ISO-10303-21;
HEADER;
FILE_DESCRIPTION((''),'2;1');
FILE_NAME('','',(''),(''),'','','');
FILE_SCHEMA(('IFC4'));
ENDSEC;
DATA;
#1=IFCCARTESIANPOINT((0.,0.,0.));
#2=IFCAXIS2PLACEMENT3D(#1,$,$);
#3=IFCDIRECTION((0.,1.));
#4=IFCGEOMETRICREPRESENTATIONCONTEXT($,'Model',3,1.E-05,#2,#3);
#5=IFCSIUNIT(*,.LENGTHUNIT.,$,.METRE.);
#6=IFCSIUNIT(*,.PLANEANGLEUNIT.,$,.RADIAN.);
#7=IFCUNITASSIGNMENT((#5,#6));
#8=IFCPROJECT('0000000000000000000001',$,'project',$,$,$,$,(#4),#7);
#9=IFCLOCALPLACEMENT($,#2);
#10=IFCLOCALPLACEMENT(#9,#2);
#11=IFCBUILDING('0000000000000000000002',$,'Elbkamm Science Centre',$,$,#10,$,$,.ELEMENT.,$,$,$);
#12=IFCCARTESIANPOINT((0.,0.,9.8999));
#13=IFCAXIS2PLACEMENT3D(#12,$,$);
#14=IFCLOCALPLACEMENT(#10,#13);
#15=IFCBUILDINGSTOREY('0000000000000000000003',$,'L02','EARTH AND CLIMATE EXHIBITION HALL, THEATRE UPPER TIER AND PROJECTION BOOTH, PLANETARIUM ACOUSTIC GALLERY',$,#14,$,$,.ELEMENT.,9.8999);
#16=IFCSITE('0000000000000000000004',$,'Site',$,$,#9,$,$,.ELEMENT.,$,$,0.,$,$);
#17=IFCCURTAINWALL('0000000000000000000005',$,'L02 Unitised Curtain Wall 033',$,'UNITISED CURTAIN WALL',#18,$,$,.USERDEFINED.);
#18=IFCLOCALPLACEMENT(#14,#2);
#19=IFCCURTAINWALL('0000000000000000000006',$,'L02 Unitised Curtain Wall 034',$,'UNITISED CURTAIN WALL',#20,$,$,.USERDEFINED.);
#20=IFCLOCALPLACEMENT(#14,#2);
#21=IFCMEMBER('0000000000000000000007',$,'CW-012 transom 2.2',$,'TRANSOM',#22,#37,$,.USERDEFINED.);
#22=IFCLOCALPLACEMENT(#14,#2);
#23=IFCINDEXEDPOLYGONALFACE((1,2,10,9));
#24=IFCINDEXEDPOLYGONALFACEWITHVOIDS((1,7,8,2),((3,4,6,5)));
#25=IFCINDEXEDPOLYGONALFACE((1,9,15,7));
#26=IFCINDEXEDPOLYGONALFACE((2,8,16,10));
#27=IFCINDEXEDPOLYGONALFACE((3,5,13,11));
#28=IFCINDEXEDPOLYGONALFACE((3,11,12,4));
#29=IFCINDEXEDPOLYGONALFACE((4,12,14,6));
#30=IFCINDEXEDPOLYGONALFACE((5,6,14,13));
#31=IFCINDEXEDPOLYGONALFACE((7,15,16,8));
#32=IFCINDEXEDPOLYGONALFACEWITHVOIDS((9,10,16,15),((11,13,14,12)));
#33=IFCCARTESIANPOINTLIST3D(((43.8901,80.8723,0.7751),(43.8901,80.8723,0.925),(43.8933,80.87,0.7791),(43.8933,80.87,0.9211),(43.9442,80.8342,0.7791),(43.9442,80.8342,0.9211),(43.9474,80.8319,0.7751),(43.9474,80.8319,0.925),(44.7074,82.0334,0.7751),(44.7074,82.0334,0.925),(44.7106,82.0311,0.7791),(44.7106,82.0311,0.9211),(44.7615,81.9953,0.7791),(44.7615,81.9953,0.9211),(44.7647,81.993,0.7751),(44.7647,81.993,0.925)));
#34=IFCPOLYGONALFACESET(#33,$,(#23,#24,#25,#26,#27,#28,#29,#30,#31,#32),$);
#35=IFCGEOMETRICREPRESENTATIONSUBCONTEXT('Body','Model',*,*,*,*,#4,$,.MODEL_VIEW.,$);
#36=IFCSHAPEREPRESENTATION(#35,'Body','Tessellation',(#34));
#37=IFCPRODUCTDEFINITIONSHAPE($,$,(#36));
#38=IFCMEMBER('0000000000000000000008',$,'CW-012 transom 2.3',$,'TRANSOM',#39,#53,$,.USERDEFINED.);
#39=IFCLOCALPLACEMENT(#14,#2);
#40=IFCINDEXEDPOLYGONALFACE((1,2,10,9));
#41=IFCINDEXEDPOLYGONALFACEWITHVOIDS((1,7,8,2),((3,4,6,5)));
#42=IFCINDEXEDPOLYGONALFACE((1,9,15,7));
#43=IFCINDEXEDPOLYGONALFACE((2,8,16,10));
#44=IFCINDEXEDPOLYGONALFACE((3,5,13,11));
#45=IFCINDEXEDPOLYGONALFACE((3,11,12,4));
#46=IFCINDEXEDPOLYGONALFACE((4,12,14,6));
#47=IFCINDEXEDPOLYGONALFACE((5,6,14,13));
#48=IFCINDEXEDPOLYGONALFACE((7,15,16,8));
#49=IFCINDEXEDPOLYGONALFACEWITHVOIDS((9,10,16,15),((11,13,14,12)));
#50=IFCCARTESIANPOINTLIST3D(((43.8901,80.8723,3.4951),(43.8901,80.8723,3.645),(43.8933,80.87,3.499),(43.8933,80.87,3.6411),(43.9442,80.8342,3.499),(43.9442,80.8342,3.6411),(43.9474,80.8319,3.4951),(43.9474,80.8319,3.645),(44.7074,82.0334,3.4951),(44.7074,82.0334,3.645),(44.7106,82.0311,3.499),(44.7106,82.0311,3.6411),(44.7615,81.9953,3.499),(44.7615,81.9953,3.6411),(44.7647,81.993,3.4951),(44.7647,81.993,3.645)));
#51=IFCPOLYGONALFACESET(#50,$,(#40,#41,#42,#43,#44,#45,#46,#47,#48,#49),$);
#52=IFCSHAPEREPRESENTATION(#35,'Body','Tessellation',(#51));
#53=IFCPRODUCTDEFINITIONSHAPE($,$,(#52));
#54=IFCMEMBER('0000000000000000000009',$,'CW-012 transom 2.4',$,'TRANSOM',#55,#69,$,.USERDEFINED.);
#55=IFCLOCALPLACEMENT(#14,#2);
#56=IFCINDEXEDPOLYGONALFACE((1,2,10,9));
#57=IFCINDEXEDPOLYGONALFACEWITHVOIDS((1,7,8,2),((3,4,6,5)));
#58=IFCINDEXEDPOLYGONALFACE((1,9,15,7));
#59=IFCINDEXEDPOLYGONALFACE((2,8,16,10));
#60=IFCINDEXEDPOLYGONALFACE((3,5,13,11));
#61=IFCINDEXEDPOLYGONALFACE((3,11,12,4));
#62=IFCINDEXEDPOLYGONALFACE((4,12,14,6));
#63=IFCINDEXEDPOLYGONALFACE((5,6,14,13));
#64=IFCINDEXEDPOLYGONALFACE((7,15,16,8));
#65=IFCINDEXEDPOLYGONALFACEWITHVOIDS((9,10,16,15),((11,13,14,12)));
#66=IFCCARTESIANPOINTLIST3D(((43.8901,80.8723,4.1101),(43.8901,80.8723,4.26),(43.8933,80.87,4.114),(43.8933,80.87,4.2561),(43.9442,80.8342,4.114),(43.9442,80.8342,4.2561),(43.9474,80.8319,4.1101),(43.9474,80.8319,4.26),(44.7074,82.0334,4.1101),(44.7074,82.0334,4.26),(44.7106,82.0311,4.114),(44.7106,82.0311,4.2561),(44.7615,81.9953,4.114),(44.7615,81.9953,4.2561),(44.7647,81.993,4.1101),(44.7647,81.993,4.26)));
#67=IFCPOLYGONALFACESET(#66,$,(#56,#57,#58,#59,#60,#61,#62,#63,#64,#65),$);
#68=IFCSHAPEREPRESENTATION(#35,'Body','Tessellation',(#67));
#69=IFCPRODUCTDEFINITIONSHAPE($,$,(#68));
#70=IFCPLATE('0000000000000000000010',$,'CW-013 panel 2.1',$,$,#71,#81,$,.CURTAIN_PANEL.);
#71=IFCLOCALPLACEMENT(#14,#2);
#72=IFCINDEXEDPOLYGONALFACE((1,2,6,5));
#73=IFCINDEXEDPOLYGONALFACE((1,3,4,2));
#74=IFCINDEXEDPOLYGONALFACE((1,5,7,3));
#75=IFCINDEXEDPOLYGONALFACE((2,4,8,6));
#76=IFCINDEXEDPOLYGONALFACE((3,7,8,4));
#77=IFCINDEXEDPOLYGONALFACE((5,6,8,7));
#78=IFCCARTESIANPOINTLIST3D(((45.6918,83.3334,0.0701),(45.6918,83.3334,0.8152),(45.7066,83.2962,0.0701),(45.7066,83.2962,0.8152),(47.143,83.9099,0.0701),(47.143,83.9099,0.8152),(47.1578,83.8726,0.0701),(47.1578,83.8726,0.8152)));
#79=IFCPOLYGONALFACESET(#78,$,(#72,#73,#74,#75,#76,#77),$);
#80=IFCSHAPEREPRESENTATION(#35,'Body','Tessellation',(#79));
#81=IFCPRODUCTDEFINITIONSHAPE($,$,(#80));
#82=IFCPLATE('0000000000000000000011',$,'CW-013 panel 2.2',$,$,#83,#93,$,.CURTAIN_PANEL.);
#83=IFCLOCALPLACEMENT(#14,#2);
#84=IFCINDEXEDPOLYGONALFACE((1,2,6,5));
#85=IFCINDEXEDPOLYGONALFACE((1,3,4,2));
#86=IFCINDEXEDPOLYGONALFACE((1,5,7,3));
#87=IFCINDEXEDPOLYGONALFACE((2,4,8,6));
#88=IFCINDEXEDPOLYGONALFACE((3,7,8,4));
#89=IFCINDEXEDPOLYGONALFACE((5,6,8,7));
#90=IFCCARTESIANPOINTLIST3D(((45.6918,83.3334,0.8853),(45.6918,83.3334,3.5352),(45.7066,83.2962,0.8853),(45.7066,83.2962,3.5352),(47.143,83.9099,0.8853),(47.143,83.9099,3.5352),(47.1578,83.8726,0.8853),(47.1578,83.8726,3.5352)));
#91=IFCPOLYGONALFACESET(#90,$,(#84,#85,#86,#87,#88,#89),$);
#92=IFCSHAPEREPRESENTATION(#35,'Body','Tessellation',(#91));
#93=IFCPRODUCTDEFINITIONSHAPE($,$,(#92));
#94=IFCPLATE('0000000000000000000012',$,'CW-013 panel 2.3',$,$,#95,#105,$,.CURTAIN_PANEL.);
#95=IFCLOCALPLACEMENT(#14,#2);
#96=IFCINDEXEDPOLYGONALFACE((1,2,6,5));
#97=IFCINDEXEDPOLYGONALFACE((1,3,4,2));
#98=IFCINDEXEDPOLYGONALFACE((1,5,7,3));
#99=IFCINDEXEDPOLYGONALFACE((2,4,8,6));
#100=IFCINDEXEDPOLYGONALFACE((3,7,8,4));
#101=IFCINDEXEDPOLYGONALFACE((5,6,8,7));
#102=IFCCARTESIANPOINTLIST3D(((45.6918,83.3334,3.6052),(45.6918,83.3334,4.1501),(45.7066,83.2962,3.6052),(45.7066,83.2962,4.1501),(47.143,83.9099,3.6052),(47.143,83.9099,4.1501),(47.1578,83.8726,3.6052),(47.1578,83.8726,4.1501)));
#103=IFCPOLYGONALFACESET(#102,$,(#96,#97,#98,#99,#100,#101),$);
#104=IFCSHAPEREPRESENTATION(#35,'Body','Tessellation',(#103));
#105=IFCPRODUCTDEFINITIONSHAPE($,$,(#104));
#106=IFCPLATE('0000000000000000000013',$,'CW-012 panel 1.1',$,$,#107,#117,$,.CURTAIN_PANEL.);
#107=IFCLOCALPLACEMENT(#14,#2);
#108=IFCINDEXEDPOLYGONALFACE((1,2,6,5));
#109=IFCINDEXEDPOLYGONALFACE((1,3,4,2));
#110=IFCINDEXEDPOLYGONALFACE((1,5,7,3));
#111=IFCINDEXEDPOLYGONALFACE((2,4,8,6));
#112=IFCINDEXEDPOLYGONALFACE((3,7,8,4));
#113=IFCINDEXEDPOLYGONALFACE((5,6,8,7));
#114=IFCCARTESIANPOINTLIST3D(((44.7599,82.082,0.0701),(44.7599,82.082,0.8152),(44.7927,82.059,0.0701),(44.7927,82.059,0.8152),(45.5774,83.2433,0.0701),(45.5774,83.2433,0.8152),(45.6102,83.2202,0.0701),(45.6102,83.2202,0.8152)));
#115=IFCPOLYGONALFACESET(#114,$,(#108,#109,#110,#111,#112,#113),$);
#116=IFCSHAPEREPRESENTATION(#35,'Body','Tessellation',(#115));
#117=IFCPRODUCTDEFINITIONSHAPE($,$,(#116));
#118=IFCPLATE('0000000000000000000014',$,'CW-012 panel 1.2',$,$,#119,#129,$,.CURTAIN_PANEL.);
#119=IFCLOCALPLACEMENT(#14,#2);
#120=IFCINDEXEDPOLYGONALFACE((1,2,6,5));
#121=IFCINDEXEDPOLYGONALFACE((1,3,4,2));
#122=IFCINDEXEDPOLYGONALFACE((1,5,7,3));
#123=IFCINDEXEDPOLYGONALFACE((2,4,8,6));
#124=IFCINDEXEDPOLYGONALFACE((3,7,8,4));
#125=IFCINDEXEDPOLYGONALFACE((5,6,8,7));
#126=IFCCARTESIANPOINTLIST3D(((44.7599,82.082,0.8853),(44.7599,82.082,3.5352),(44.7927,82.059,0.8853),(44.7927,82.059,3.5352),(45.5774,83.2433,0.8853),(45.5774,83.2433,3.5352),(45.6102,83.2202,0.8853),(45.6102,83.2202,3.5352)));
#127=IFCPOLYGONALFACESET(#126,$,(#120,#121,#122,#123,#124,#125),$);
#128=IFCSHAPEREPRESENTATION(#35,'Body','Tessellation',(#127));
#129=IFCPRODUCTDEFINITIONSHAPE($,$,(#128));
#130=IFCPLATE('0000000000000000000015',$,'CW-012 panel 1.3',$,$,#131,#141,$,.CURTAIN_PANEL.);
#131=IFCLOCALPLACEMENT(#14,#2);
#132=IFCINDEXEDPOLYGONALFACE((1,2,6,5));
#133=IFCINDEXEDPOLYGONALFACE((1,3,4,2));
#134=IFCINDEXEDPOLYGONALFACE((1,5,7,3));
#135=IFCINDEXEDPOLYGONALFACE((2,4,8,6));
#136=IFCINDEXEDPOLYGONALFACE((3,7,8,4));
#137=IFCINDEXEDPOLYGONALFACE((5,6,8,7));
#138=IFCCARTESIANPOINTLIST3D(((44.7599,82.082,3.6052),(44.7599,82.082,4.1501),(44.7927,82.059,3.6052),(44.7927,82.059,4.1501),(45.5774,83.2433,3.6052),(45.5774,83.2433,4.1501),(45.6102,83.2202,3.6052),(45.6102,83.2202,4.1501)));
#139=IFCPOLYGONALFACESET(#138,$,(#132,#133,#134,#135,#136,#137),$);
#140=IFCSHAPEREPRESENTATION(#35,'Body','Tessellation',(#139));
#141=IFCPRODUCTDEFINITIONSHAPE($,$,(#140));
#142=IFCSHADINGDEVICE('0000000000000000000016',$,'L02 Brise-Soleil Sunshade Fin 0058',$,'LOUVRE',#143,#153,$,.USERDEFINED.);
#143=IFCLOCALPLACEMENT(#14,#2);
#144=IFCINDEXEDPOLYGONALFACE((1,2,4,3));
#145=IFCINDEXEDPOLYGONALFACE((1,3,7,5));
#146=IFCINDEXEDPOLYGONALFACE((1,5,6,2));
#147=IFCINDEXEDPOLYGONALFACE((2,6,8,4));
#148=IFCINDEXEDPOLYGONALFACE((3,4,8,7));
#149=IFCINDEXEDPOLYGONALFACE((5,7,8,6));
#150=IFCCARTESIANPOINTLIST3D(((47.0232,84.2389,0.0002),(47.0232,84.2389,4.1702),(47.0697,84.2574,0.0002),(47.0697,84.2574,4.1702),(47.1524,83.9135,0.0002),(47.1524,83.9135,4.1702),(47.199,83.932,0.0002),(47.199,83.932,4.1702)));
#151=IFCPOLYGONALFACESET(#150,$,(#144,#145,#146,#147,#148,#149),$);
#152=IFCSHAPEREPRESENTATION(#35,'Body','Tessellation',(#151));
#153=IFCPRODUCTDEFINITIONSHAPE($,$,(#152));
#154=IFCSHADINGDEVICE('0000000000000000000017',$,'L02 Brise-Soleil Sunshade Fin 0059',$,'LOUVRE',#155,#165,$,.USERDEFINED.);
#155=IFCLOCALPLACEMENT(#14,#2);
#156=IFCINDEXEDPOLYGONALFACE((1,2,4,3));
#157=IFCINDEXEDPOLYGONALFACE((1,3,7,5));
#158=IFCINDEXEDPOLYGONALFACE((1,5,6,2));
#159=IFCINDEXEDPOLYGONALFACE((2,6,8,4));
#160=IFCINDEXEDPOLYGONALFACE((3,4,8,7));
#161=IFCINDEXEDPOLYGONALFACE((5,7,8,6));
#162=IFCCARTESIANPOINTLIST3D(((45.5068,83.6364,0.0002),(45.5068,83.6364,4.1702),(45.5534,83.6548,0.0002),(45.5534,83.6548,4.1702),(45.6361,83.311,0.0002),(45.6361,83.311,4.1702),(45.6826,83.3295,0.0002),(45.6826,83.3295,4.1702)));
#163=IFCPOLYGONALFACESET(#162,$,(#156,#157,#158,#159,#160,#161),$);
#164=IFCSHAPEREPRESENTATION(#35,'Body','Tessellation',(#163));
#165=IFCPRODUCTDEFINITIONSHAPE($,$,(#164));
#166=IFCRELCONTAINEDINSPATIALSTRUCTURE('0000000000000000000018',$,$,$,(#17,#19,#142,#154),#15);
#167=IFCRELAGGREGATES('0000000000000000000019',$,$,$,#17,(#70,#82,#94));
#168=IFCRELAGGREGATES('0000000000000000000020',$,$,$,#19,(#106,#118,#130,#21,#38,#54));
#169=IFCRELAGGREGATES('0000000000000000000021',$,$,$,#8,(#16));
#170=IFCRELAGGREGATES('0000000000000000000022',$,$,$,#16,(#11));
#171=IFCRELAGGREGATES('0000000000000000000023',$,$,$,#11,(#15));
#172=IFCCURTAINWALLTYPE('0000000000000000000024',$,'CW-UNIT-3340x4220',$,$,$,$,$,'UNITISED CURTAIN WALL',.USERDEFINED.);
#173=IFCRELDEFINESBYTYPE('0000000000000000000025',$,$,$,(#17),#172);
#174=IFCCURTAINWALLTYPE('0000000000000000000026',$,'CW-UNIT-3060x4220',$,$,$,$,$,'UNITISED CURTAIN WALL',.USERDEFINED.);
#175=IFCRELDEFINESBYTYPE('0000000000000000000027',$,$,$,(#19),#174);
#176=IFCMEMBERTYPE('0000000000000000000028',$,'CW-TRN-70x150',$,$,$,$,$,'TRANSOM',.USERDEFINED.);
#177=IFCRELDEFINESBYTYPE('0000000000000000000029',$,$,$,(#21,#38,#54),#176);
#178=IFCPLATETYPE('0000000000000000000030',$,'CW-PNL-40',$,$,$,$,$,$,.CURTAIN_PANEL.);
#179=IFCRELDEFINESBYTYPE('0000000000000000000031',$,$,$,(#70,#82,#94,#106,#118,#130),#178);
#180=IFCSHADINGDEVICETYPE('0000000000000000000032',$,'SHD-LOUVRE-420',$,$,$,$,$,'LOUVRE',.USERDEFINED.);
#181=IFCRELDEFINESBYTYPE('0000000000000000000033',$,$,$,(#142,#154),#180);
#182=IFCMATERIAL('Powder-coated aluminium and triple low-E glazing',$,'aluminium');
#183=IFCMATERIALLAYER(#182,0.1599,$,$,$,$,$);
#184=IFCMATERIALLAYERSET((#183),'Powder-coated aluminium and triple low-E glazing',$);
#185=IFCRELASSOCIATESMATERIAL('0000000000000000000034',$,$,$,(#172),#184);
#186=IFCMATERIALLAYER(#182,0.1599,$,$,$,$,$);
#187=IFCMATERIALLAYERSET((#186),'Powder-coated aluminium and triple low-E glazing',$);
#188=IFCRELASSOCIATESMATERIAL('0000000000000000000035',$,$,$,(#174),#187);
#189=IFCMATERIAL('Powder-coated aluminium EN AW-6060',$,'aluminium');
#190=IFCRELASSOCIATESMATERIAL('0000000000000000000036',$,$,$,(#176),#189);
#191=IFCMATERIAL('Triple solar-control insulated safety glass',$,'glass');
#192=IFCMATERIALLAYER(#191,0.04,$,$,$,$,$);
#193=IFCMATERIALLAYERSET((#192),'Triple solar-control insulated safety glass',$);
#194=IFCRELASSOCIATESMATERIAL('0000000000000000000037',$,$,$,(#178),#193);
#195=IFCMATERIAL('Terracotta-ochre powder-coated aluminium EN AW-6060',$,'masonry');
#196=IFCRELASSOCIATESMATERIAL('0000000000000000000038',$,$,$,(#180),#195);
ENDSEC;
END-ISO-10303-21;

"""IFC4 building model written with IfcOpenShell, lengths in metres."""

from ifc_helpers import new_model, si_unit, direction, frame, origin, origin_2d, place, context, subcontext, project, spatial, rectangle, hollow_rectangle, extrude, material, layer, layer_set, material_profile, profile_set, type_object, element, aggregate, save


model = new_model("IFC4")

# Units and contexts
model_context = context("Model", 3, precision=1e-05, world=origin(), true_north=direction((0.0, 1.0)))
body_context = subcontext(model_context, "Body", "Model", "MODEL_VIEW")
ifc_project = project(units=[si_unit("LENGTHUNIT", "METRE"), si_unit("PLANEANGLEUNIT", "RADIAN")], contexts=[model_context])

# Site, building, storey
site_placement = place(None, origin())
site = spatial("IfcSite", under=ifc_project, at=site_placement, Name="Site", CompositionType="ELEMENT", RefElevation=0.0)
building_placement = place(site_placement, origin())
building = spatial("IfcBuilding", under=site, at=building_placement, Name="Elbkamm Science Centre", CompositionType="ELEMENT")
storey_placement = place(building_placement, frame((0.0, 0.0, 9.8999)))
storey = spatial("IfcBuildingStorey", under=building, at=storey_placement, Name="L02", Description="EARTH AND CLIMATE EXHIBITION HALL, THEATRE UPPER TIER AND PROJECTION BOOTH, PLANETARIUM ACOUSTIC GALLERY", CompositionType="ELEMENT", Elevation=9.8999)

# Curtain wall
ifc_material_1 = material(Name="Powder-coated aluminium and triple low-E glazing", Category="aluminium")
ifc_layer_1 = layer(ifc_material_1, 0.1599)
ifc_layer_set_1 = layer_set([ifc_layer_1], Name="Powder-coated aluminium and triple low-E glazing")
curtain_wall_type_1 = type_object("IfcCurtainWallType", Name="CW-UNIT-3340x4220", ElementType="UNITISED CURTAIN WALL", PredefinedType="USERDEFINED", material=ifc_layer_set_1)
curtain_wall_1_placement = place(storey_placement, origin())
curtain_wall_1 = element("IfcCurtainWall", 1, at=curtain_wall_1_placement, inside=storey, type_object=curtain_wall_type_1, Name="L02 Unitised Curtain Wall 033", ObjectType="UNITISED CURTAIN WALL", PredefinedType="USERDEFINED")
ifc_material_2 = material(Name="Powder-coated aluminium EN AW-6060", Category="aluminium")

# Curtain wall, members
ifc_layer_2 = layer(ifc_material_1, 0.1599)
ifc_layer_set_2 = layer_set([ifc_layer_2], Name="Powder-coated aluminium and triple low-E glazing")
curtain_wall_type_2 = type_object("IfcCurtainWallType", Name="CW-UNIT-3060x4220", ElementType="UNITISED CURTAIN WALL", PredefinedType="USERDEFINED", material=ifc_layer_set_2)
curtain_wall_2_placement = place(storey_placement, origin())
curtain_wall_2 = element("IfcCurtainWall", 2, at=curtain_wall_2_placement, inside=storey, type_object=curtain_wall_type_2, Name="L02 Unitised Curtain Wall 034", ObjectType="UNITISED CURTAIN WALL", PredefinedType="USERDEFINED")
ifc_material_profile_1 = material_profile(ifc_material_2, hollow_rectangle(XDim=0.0701, YDim=0.1499, WallThickness=0.0039, at=origin_2d()), Name="ALU T70x150")
ifc_profile_set_1 = profile_set([ifc_material_profile_1], Name="Powder-coated aluminium EN AW-6060")
member_type_1 = type_object("IfcMemberType", Name="CW-TRN-70x150", ElementType="TRANSOM", PredefinedType="USERDEFINED", material=ifc_profile_set_1)
member_1_placement = place(storey_placement, frame((44.7361, 82.0132, 0.8501), z_axis=(-0.57563, -0.817711, 0.0), x_axis=(0.817711, -0.57563, 0.0)))
member_1 = element("IfcMember", 3, at=member_1_placement, type_object=member_type_1, Name="CW-012 transom 2.2", ObjectType="TRANSOM", PredefinedType="USERDEFINED", context=body_context, shape_type="SweptSolid", body=[
    extrude(hollow_rectangle(XDim=0.0701, YDim=0.1499, WallThickness=0.0039, at=origin_2d()), origin(), (0.0, 0.0, 1.0), 1.4199),
])
member_2_placement = place(storey_placement, frame((44.7361, 82.0132, 3.5701), z_axis=(-0.57563, -0.817711, 0.0), x_axis=(0.817711, -0.57563, 0.0)))
member_2 = element("IfcMember", 4, at=member_2_placement, type_object=member_type_1, Name="CW-012 transom 2.3", ObjectType="TRANSOM", PredefinedType="USERDEFINED", context=body_context, shape_type="SweptSolid", body=[
    extrude(hollow_rectangle(XDim=0.0701, YDim=0.1499, WallThickness=0.0039, at=origin_2d()), origin(), (0.0, 0.0, 1.0), 1.4199),
])
member_3_placement = place(storey_placement, frame((44.7361, 82.0132, 4.1851), z_axis=(-0.57563, -0.817711, 0.0), x_axis=(0.817711, -0.57563, 0.0)))
member_3 = element("IfcMember", 5, at=member_3_placement, type_object=member_type_1, Name="CW-012 transom 2.4", ObjectType="TRANSOM", PredefinedType="USERDEFINED", context=body_context, shape_type="SweptSolid", body=[
    extrude(hollow_rectangle(XDim=0.0701, YDim=0.1499, WallThickness=0.0039, at=origin_2d()), origin(), (0.0, 0.0, 1.0), 1.4199),
])

# Plates
ifc_material_3 = material(Name="Triple solar-control insulated safety glass", Category="glass")
ifc_layer_3 = layer(ifc_material_3, 0.04)
ifc_layer_set_3 = layer_set([ifc_layer_3], Name="Triple solar-control insulated safety glass")
plate_type = type_object("IfcPlateType", Name="CW-PNL-40", PredefinedType="CURTAIN_PANEL", material=ifc_layer_set_3)
plate_1_placement = place(storey_placement, frame((46.4248, 83.603, 0.0701), z_axis=(0.0, 0.0, 1.0), x_axis=(-0.929366, -0.36916, 0.0)))
plate_1 = element("IfcPlate", 6, at=plate_1_placement, type_object=plate_type, Name="CW-013 panel 2.1", PredefinedType="CURTAIN_PANEL", context=body_context, shape_type="SweptSolid", body=[
    extrude(rectangle(XDim=1.5615, YDim=0.04, at=origin_2d()), origin(), (0.0, 0.0, 1.0), 0.7451),
])
plate_2_placement = place(storey_placement, frame((46.4248, 83.603, 0.8853), z_axis=(0.0, 0.0, 1.0), x_axis=(-0.929366, -0.36916, 0.0)))
plate_2 = element("IfcPlate", 7, at=plate_2_placement, type_object=plate_type, Name="CW-013 panel 2.2", PredefinedType="CURTAIN_PANEL", context=body_context, shape_type="SweptSolid", body=[
    extrude(rectangle(XDim=1.5615, YDim=0.04, at=origin_2d()), origin(), (0.0, 0.0, 1.0), 2.6499),
])
plate_3_placement = place(storey_placement, frame((46.4248, 83.603, 3.6052), z_axis=(0.0, 0.0, 1.0), x_axis=(-0.929366, -0.36916, 0.0)))
plate_3 = element("IfcPlate", 8, at=plate_3_placement, type_object=plate_type, Name="CW-013 panel 2.3", PredefinedType="CURTAIN_PANEL", context=body_context, shape_type="SweptSolid", body=[
    extrude(rectangle(XDim=1.5615, YDim=0.04, at=origin_2d()), origin(), (0.0, 0.0, 1.0), 0.5449),
])
aggregate(curtain_wall_1, [plate_1, plate_2, plate_3])
plate_4_placement = place(storey_placement, frame((45.1851, 82.6511, 0.0701), z_axis=(0.0, 0.0, 1.0), x_axis=(-0.575652, -0.817695, 0.0)))
plate_4 = element("IfcPlate", 9, at=plate_4_placement, type_object=plate_type, Name="CW-012 panel 1.1", PredefinedType="CURTAIN_PANEL", context=body_context, shape_type="SweptSolid", body=[
    extrude(rectangle(XDim=1.4202, YDim=0.04, at=origin_2d()), origin(), (0.0, 0.0, 1.0), 0.7451),
])
plate_5_placement = place(storey_placement, frame((45.1851, 82.6511, 0.8853), z_axis=(0.0, 0.0, 1.0), x_axis=(-0.575652, -0.817695, 0.0)))
plate_5 = element("IfcPlate", 10, at=plate_5_placement, type_object=plate_type, Name="CW-012 panel 1.2", PredefinedType="CURTAIN_PANEL", context=body_context, shape_type="SweptSolid", body=[
    extrude(rectangle(XDim=1.4202, YDim=0.04, at=origin_2d()), origin(), (0.0, 0.0, 1.0), 2.6499),
])
plate_6_placement = place(storey_placement, frame((45.1851, 82.6511, 3.6052), z_axis=(0.0, 0.0, 1.0), x_axis=(-0.575652, -0.817695, 0.0)))
plate_6 = element("IfcPlate", 11, at=plate_6_placement, type_object=plate_type, Name="CW-012 panel 1.3", PredefinedType="CURTAIN_PANEL", context=body_context, shape_type="SweptSolid", body=[
    extrude(rectangle(XDim=1.4202, YDim=0.04, at=origin_2d()), origin(), (0.0, 0.0, 1.0), 0.5449),
])
aggregate(curtain_wall_2, [plate_4, plate_5, plate_6, member_1, member_2, member_3])

# Shading devices
ifc_material_4 = material(Name="Terracotta-ochre powder-coated aluminium EN AW-6060", Category="masonry")
shading_device_type = type_object("IfcShadingDeviceType", Name="SHD-LOUVRE-420", ElementType="LOUVRE", PredefinedType="USERDEFINED", material=ifc_material_4)
for number, where, z_axis, x_axis, name in (
    (12, (47.1111, 84.0854, 0.0002), (0.0, 0.0, 1.0), (-0.36916, 0.929366, 0.0), "L02 Brise-Soleil Sunshade Fin 0058"),
    (13, (45.5947, 83.4829, 0.0002), (0.0, 0.0, 1.0), (-0.36916, 0.929366, 0.0), "L02 Brise-Soleil Sunshade Fin 0059"),
):
    element("IfcShadingDevice", number, at=place(storey_placement, frame(where, z_axis=z_axis, x_axis=x_axis)), inside=storey, type_object=shading_device_type, Name=name, ObjectType="LOUVRE", PredefinedType="USERDEFINED", context=body_context, shape_type="SweptSolid", body=[
        extrude(rectangle(XDim=0.3501, YDim=0.05, at=origin_2d()), origin(), (0.0, 0.0, 1.0), 4.1699),
    ])

save(model, "model.ifc")
